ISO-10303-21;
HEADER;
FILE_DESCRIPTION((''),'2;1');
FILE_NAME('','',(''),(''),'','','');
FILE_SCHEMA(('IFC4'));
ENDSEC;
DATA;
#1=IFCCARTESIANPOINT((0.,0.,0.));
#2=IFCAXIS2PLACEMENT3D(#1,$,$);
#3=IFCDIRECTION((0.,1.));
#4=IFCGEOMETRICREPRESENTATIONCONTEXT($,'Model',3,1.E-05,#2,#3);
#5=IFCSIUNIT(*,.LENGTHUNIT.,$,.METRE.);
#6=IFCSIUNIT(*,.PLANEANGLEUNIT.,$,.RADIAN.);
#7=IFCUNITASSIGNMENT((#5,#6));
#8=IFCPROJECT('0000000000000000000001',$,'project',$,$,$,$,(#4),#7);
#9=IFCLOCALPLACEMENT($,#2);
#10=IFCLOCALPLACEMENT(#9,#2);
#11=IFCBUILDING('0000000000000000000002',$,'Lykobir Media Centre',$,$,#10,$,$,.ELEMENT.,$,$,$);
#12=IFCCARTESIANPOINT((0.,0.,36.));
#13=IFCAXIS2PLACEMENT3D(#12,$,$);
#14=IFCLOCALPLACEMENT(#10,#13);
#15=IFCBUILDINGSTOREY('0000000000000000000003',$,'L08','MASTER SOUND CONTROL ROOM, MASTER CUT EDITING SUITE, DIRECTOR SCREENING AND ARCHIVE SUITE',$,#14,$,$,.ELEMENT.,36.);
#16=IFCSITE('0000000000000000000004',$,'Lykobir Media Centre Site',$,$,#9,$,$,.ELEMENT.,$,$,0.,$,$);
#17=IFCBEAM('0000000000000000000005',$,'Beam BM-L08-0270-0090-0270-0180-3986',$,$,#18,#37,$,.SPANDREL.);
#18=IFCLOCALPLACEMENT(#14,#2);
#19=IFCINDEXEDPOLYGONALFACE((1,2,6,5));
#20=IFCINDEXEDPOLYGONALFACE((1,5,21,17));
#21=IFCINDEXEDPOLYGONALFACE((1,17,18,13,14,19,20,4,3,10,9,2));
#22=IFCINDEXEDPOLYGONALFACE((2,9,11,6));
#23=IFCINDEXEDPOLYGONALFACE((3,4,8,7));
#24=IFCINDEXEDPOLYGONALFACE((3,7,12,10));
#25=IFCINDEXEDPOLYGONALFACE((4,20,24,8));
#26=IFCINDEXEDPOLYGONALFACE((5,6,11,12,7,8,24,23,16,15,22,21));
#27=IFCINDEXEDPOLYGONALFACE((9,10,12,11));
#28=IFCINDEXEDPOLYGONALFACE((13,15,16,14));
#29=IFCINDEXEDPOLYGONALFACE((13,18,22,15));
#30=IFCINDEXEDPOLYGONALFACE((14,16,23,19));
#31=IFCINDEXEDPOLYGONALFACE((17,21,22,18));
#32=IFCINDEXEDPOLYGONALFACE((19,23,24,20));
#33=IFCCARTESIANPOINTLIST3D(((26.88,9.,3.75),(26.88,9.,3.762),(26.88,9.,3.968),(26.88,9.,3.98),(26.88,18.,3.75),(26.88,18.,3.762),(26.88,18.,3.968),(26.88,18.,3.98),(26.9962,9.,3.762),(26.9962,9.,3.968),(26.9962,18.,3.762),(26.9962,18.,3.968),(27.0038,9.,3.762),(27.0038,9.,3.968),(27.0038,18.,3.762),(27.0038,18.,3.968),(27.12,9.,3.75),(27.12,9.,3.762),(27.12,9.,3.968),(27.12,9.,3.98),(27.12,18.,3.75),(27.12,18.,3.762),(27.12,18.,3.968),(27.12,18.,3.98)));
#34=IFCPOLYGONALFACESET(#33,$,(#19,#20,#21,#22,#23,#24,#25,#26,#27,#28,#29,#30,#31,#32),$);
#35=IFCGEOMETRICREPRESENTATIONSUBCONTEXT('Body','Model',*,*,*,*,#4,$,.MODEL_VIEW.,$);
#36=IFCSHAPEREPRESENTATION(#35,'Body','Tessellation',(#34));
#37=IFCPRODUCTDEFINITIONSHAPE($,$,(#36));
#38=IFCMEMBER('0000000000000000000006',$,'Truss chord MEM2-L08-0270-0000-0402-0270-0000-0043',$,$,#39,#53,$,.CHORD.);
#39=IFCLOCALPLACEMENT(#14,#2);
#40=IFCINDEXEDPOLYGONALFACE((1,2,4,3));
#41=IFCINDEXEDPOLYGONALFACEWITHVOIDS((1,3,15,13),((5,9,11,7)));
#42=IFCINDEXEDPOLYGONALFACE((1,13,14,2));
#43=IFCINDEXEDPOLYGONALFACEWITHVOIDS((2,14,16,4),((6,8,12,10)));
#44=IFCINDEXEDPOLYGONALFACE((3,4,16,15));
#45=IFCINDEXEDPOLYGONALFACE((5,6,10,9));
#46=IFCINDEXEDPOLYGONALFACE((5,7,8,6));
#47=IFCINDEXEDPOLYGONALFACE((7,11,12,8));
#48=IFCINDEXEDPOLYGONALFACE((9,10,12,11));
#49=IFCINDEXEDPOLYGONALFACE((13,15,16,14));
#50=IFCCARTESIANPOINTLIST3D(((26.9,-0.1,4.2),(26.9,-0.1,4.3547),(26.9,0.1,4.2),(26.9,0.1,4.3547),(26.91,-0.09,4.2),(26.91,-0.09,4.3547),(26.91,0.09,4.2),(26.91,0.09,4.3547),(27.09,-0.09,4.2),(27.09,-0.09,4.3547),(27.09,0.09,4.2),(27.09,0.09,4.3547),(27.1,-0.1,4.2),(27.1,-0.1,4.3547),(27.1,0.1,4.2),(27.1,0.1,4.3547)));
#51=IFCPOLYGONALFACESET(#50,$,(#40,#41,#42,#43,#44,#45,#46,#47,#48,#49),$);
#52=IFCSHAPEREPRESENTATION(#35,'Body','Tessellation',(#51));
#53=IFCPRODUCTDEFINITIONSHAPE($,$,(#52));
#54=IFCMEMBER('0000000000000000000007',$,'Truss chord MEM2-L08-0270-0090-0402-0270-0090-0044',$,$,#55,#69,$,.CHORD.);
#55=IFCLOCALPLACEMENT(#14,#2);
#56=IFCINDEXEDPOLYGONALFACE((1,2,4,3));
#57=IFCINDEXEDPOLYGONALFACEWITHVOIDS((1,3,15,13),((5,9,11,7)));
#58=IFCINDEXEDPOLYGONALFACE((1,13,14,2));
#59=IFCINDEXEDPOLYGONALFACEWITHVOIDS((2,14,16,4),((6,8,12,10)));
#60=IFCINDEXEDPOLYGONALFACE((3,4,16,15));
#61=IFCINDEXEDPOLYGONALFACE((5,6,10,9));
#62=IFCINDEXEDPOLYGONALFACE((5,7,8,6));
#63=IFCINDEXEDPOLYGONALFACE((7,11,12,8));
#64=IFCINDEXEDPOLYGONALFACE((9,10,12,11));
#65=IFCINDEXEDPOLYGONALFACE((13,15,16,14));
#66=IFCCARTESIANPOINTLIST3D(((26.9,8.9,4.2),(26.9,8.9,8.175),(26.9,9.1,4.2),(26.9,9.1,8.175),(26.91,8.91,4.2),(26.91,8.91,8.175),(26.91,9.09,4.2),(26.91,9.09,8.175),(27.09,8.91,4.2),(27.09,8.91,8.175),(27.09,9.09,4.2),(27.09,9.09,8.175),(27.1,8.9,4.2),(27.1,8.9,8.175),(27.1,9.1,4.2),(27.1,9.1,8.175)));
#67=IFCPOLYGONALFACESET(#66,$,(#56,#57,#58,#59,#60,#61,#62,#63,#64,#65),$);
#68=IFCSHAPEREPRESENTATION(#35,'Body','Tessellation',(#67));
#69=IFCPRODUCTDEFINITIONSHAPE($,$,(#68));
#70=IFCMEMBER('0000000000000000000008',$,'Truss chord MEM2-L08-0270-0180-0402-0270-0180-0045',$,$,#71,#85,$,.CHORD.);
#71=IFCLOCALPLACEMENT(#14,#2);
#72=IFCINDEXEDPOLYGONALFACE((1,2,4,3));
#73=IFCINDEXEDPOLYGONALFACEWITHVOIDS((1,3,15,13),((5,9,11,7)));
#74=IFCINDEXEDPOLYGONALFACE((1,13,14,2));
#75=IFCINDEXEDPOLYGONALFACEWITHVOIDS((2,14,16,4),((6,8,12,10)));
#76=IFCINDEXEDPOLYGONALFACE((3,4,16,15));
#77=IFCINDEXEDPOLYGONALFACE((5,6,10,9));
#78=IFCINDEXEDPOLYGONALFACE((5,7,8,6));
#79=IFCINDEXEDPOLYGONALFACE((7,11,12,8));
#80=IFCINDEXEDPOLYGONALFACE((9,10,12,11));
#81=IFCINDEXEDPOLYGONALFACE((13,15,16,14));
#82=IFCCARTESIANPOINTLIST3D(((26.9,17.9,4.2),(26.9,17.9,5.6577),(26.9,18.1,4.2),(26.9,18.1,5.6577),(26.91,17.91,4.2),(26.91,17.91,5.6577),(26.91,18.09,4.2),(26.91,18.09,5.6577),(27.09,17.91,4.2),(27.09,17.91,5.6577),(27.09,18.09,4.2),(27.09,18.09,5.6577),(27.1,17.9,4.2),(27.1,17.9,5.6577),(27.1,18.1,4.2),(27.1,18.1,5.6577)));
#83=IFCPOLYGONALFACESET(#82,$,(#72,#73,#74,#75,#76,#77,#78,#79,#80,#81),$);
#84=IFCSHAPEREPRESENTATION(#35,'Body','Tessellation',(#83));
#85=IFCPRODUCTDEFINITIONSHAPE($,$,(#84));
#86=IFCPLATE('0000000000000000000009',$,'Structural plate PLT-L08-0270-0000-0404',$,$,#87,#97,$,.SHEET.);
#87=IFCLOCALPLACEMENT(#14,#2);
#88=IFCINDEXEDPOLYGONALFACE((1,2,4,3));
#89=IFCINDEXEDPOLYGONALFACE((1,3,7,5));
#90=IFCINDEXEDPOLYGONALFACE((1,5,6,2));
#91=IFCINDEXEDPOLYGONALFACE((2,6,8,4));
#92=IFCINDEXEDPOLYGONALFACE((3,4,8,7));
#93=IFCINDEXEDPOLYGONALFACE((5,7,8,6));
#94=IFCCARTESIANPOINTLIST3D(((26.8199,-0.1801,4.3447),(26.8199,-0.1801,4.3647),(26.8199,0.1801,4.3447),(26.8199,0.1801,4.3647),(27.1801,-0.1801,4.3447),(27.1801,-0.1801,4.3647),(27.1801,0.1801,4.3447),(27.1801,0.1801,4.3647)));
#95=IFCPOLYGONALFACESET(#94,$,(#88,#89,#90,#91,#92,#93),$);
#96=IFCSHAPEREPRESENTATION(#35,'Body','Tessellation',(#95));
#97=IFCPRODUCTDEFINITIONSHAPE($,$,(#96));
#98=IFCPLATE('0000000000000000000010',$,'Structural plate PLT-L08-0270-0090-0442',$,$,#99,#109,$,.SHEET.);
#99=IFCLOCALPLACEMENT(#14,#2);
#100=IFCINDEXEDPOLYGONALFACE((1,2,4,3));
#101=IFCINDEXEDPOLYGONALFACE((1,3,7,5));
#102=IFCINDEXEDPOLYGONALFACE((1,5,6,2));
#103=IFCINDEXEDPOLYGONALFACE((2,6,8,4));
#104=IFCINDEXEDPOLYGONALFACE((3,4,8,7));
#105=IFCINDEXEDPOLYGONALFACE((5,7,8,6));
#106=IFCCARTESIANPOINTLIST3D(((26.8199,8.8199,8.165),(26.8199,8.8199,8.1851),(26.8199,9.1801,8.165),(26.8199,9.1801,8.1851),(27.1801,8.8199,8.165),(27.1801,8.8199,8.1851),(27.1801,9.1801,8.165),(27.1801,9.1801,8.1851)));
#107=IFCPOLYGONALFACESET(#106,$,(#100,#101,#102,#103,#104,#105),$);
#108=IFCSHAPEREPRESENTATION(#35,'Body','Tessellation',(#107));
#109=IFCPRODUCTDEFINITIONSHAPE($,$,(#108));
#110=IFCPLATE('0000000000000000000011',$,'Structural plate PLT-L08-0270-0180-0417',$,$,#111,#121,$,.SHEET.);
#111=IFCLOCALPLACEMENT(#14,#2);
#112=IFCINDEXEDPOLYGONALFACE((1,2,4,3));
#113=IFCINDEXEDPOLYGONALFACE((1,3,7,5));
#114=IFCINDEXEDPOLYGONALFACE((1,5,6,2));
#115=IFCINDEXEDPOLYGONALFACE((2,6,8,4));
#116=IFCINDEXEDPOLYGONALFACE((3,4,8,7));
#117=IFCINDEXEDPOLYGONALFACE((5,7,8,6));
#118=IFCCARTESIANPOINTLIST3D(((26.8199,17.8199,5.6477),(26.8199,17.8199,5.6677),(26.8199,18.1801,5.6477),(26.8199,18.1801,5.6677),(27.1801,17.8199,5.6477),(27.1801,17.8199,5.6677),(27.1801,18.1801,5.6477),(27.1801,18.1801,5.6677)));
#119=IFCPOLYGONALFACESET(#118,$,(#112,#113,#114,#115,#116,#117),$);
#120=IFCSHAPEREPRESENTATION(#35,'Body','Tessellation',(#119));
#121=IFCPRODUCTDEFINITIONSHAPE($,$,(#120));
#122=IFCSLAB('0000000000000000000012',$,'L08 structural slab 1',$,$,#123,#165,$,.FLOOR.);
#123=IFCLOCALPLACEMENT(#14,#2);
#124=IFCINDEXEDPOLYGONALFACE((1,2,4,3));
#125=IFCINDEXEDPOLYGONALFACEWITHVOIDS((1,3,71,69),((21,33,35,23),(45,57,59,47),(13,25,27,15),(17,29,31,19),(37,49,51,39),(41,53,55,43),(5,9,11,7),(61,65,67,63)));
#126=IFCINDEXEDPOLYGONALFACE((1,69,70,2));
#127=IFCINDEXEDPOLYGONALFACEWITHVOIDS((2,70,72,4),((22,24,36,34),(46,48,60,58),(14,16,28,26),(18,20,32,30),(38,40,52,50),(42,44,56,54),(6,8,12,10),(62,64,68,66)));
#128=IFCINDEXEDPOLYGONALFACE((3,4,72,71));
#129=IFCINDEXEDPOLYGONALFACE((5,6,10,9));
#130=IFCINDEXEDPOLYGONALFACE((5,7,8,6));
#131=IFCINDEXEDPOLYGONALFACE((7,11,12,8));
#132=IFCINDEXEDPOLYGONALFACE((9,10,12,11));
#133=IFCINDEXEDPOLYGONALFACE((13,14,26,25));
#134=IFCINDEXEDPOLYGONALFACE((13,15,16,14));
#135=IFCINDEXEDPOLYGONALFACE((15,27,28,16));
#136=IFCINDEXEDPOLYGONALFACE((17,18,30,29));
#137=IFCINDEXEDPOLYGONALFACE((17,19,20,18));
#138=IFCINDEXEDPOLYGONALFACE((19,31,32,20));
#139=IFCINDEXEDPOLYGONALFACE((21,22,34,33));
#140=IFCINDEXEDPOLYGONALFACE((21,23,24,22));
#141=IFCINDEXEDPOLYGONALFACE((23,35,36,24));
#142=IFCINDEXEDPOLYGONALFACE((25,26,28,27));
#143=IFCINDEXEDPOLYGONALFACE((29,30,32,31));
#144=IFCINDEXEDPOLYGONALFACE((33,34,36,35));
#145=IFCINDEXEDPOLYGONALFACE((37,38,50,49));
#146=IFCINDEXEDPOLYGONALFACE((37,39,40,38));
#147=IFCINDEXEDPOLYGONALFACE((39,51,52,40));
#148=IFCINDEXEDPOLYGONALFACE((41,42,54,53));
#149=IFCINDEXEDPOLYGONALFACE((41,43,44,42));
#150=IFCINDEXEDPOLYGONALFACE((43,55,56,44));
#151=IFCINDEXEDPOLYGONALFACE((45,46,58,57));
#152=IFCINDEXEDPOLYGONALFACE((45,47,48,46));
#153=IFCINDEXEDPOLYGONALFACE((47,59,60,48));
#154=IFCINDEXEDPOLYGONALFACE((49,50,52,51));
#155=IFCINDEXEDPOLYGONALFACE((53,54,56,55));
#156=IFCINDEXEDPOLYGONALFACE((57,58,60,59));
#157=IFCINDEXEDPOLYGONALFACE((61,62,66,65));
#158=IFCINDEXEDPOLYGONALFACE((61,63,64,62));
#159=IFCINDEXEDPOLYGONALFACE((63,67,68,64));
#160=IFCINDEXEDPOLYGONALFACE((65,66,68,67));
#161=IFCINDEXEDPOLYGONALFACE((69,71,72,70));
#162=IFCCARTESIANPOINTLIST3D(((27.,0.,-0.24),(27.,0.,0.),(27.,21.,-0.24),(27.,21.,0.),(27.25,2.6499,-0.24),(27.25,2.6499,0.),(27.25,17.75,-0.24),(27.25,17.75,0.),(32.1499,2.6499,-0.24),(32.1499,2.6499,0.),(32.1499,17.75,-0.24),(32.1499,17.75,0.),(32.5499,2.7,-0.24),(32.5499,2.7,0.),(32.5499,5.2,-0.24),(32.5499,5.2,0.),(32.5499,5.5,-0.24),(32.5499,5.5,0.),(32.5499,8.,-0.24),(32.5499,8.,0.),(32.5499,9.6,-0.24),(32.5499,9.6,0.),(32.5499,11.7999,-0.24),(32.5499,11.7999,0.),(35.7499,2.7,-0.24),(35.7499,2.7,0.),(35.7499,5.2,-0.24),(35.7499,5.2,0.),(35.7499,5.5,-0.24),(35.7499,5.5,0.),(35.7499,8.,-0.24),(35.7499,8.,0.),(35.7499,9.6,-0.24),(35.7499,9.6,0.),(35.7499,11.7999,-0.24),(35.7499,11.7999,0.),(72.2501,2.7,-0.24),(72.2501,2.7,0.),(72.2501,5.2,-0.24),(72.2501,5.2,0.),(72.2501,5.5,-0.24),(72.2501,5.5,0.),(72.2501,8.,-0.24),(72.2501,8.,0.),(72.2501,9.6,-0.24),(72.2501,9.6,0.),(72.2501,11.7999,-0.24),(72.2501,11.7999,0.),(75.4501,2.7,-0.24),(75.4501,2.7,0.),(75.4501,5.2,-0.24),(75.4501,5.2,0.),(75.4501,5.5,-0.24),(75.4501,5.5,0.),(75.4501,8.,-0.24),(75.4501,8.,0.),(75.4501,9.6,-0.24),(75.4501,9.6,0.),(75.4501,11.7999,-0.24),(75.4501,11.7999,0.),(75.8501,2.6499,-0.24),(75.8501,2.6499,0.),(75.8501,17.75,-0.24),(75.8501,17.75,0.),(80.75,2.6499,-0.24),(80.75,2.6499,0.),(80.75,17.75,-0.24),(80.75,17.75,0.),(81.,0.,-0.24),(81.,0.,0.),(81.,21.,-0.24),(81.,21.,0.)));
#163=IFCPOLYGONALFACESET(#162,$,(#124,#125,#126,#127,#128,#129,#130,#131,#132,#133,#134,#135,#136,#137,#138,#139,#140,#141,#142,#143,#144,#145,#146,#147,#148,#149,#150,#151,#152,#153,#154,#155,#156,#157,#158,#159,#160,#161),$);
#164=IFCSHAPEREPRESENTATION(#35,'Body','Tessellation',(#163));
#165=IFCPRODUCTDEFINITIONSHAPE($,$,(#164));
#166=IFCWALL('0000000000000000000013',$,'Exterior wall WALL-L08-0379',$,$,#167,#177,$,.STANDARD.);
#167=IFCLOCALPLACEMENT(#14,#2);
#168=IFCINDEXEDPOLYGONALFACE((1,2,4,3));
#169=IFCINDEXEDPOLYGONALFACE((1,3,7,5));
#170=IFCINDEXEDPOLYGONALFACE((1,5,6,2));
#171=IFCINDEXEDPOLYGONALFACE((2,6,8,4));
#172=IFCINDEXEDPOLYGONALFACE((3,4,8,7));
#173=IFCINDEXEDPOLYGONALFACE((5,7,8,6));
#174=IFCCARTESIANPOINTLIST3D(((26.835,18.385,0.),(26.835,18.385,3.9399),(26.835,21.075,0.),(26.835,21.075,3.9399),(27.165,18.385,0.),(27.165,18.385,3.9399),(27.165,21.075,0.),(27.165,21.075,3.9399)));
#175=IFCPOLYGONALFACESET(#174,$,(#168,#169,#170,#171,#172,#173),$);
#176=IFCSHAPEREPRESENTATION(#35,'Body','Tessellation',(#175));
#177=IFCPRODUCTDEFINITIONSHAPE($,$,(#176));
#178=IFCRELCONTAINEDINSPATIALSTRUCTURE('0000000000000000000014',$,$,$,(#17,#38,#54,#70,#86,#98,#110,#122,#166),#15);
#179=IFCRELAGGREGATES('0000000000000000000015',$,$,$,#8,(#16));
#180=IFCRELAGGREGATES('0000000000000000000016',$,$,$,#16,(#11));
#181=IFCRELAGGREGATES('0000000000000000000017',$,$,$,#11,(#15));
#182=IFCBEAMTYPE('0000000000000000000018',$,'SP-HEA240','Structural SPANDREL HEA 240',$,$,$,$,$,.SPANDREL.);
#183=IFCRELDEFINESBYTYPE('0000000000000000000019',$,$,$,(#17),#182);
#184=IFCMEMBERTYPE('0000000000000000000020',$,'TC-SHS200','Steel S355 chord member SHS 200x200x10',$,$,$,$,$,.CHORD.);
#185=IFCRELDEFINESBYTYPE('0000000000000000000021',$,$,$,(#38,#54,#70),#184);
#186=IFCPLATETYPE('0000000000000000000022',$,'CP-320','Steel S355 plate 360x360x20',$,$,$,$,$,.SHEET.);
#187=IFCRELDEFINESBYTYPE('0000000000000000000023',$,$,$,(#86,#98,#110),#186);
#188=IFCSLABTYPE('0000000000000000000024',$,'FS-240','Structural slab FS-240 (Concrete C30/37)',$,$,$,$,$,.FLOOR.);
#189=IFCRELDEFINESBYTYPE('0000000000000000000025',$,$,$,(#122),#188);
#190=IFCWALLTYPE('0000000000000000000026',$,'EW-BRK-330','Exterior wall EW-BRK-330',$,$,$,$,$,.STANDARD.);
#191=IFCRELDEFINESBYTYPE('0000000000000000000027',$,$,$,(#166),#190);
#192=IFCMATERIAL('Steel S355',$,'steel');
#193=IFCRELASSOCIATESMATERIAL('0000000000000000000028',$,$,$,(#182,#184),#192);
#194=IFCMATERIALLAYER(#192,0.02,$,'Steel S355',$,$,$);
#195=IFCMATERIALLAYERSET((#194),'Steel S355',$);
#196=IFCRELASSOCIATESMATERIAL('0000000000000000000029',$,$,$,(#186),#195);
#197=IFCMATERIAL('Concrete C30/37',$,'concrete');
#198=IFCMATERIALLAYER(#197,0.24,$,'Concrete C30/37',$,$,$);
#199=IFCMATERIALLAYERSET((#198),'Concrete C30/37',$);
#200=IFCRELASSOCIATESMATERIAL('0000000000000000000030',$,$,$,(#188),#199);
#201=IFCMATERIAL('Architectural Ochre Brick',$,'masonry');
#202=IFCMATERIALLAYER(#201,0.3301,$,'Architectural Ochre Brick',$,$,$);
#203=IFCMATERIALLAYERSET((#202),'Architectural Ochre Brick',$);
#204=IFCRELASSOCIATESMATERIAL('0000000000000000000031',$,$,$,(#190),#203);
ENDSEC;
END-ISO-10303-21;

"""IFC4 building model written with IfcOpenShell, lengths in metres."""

from ifc_helpers import new_model, si_unit, direction, frame, frame_2d, origin, origin_2d, place, context, subcontext, project, spatial, polyline, rectangle, hollow_rectangle, i_section, outline, extrude, material, layer, layer_set, material_profile, profile_set, type_object, element, save


model = new_model("IFC4")

# Units and contexts
model_context = context("Model", 3, precision=1e-05, world=origin(), true_north=direction((0.0, 1.0)))
body_context = subcontext(model_context, "Body", "Model", "MODEL_VIEW")
ifc_project = project(units=[si_unit("LENGTHUNIT", "METRE"), si_unit("PLANEANGLEUNIT", "RADIAN")], contexts=[model_context])

# Site, building, storey
site_placement = place(None, origin())
site = spatial("IfcSite", under=ifc_project, at=site_placement, Name="Lykobir Media Centre Site", CompositionType="ELEMENT", RefElevation=0.0)
building_placement = place(site_placement, origin())
building = spatial("IfcBuilding", under=site, at=building_placement, Name="Lykobir Media Centre", CompositionType="ELEMENT")
storey_placement = place(building_placement, frame((0.0, 0.0, 36.0)))
storey = spatial("IfcBuildingStorey", under=building, at=storey_placement, Name="L08", Description="MASTER SOUND CONTROL ROOM, MASTER CUT EDITING SUITE, DIRECTOR SCREENING AND ARCHIVE SUITE", CompositionType="ELEMENT", Elevation=36.0)

# Beam
ifc_material_1 = material(Name="Steel S355", Category="steel")
ifc_material_profile_1 = material_profile(ifc_material_1, i_section(OverallWidth=0.24, OverallDepth=0.23, WebThickness=0.0076, FlangeThickness=0.012, at=origin_2d()), Name="HEA 240")
ifc_profile_set_1 = profile_set([ifc_material_profile_1], Name="Steel S355")
beam_type_1 = type_object("IfcBeamType", Name="SP-HEA240", Description="Structural SPANDREL HEA 240", PredefinedType="SPANDREL", material=ifc_profile_set_1)
for number, where, z_axis, x_axis, name in (
    (1, (27.0, 9.0, 3.865), (0.0, 1.0, 0.0), (-1.0, 0.0, 0.0), "Beam BM-L08-0270-0090-0270-0180-3986"),
):
    element("IfcBeam", number, at=place(storey_placement, frame(where, z_axis=z_axis, x_axis=x_axis)), inside=storey, type_object=beam_type_1, Name=name, PredefinedType="SPANDREL", context=body_context, shape_type="SweptSolid", body=[
        extrude(i_section(OverallWidth=0.24, OverallDepth=0.23, WebThickness=0.0076, FlangeThickness=0.012, at=origin_2d()), origin(), (0.0, 0.0, 1.0), 9.0),
    ])

# Members
ifc_material_profile_2 = material_profile(ifc_material_1, hollow_rectangle(XDim=0.2, YDim=0.2, WallThickness=0.01, at=origin_2d()), Name="SHS 200x200x10")
ifc_profile_set_2 = profile_set([ifc_material_profile_2], Name="Steel S355")
member_type = type_object("IfcMemberType", Name="TC-SHS200", Description="Steel S355 chord member SHS 200x200x10", PredefinedType="CHORD", material=ifc_profile_set_2)
member_1_placement = place(storey_placement, frame((27.0, 0.0, 4.2), z_axis=(0.0, 0.0, 1.0), x_axis=(1.0, 0.0, 0.0)))
element("IfcMember", 2, at=member_1_placement, inside=storey, type_object=member_type, Name="Truss chord MEM2-L08-0270-0000-0402-0270-0000-0043", PredefinedType="CHORD", context=body_context, shape_type="SweptSolid", body=[
    extrude(hollow_rectangle(XDim=0.2, YDim=0.2, WallThickness=0.01, at=origin_2d()), origin(), (0.0, 0.0, 1.0), 0.1548),
])
member_2_placement = place(storey_placement, frame((27.0, 9.0, 4.2), z_axis=(0.0, 0.0, 1.0), x_axis=(1.0, 0.0, 0.0)))
element("IfcMember", 3, at=member_2_placement, inside=storey, type_object=member_type, Name="Truss chord MEM2-L08-0270-0090-0402-0270-0090-0044", PredefinedType="CHORD", context=body_context, shape_type="SweptSolid", body=[
    extrude(hollow_rectangle(XDim=0.2, YDim=0.2, WallThickness=0.01, at=origin_2d()), origin(), (0.0, 0.0, 1.0), 3.9751),
])
member_3_placement = place(storey_placement, frame((27.0, 18.0, 4.2), z_axis=(0.0, 0.0, 1.0), x_axis=(1.0, 0.0, 0.0)))
element("IfcMember", 4, at=member_3_placement, inside=storey, type_object=member_type, Name="Truss chord MEM2-L08-0270-0180-0402-0270-0180-0045", PredefinedType="CHORD", context=body_context, shape_type="SweptSolid", body=[
    extrude(hollow_rectangle(XDim=0.2, YDim=0.2, WallThickness=0.01, at=origin_2d()), origin(), (0.0, 0.0, 1.0), 1.4578),
])

# Plates
ifc_layer_1 = layer(ifc_material_1, 0.02, Name="Steel S355")
ifc_layer_set_1 = layer_set([ifc_layer_1], Name="Steel S355")
plate_type = type_object("IfcPlateType", Name="CP-320", Description="Steel S355 plate 360x360x20", PredefinedType="SHEET", material=ifc_layer_set_1)
for number, where, z_axis, x_axis, name in (
    (5, (27.0, 0.0, 4.3447), (0.0, 0.0, 1.0), (1.0, 0.0, 0.0), "Structural plate PLT-L08-0270-0000-0404"),
    (6, (27.0, 9.0, 8.165), (0.0, 0.0, 1.0), (1.0, 0.0, 0.0), "Structural plate PLT-L08-0270-0090-0442"),
    (7, (27.0, 18.0, 5.6477), (0.0, 0.0, 1.0), (1.0, 0.0, 0.0), "Structural plate PLT-L08-0270-0180-0417"),
):
    element("IfcPlate", number, at=place(storey_placement, frame(where, z_axis=z_axis, x_axis=x_axis)), inside=storey, type_object=plate_type, Name=name, PredefinedType="SHEET", context=body_context, shape_type="SweptSolid", body=[
        extrude(rectangle(XDim=0.3601, YDim=0.3601, at=origin_2d()), origin(), (0.0, 0.0, 1.0), 0.02),
    ])

# Slab, openings
ifc_material_2 = material(Name="Concrete C30/37", Category="concrete")
ifc_layer_2 = layer(ifc_material_2, 0.24, Name="Concrete C30/37")
ifc_layer_set_2 = layer_set([ifc_layer_2], Name="Concrete C30/37")
slab_type = type_object("IfcSlabType", Name="FS-240", Description="Structural slab FS-240 (Concrete C30/37)", PredefinedType="FLOOR", material=ifc_layer_set_2)
slab_placement = place(storey_placement, frame((0.0, 0.0, -0.24)))
slab = element("IfcSlab", 8, at=slab_placement, inside=storey, type_object=slab_type, Name="L08 structural slab 1", PredefinedType="FLOOR", context=body_context, shape_type="SweptSolid", body=[
    extrude(outline(polyline([(81.0, 0.0), (81.0, 21.0), (27.0, 21.0), (27.0, 0.0), (81.0, 0.0)]), holes=[polyline([(27.25, 2.6499), (27.25, 17.75), (32.1499, 17.75), (32.1499, 2.6499), (27.25, 2.6499)]), polyline([(75.8501, 2.6499), (75.8501, 17.75), (80.75, 17.75), (80.75, 2.6499), (75.8501, 2.6499)])]), origin(), (0.0, 0.0, 1.0), 0.24),
])
opening_1_placement = place(slab_placement, frame((34.1499, 3.95, 0.0)))
element("IfcOpeningElement", 9, at=opening_1_placement, cuts=slab, PredefinedType="OPENING", context=body_context, shape_type="SweptSolid", body=[
    extrude(rectangle(XDim=3.2, YDim=2.5, at=origin_2d()), origin(), (0.0, 0.0, 1.0), 0.24),
])
opening_2_placement = place(slab_placement, frame((34.1499, 6.75, 0.0)))
element("IfcOpeningElement", 10, at=opening_2_placement, cuts=slab, PredefinedType="OPENING", context=body_context, shape_type="SweptSolid", body=[
    extrude(rectangle(XDim=3.2, YDim=2.5, at=origin_2d()), origin(), (0.0, 0.0, 1.0), 0.24),
])
opening_3_placement = place(slab_placement, frame((34.1499, 10.7, 0.0)))
element("IfcOpeningElement", 11, at=opening_3_placement, cuts=slab, PredefinedType="OPENING", context=body_context, shape_type="SweptSolid", body=[
    extrude(rectangle(XDim=3.2, YDim=2.2, at=origin_2d()), origin(), (0.0, 0.0, 1.0), 0.24),
])
opening_4_placement = place(slab_placement, frame((73.8501, 3.95, 0.0)))
element("IfcOpeningElement", 12, at=opening_4_placement, cuts=slab, PredefinedType="OPENING", context=body_context, shape_type="SweptSolid", body=[
    extrude(rectangle(XDim=3.2, YDim=2.5, at=origin_2d()), origin(), (0.0, 0.0, 1.0), 0.24),
])
opening_5_placement = place(slab_placement, frame((73.8501, 6.75, 0.0)))
element("IfcOpeningElement", 13, at=opening_5_placement, cuts=slab, PredefinedType="OPENING", context=body_context, shape_type="SweptSolid", body=[
    extrude(rectangle(XDim=3.2, YDim=2.5, at=origin_2d()), origin(), (0.0, 0.0, 1.0), 0.24),
])
opening_6_placement = place(slab_placement, frame((73.8501, 10.7, 0.0)))
element("IfcOpeningElement", 14, at=opening_6_placement, cuts=slab, PredefinedType="OPENING", context=body_context, shape_type="SweptSolid", body=[
    extrude(rectangle(XDim=3.2, YDim=2.2, at=origin_2d()), origin(), (0.0, 0.0, 1.0), 0.24),
])

# Wall
ifc_material_3 = material(Name="Architectural Ochre Brick", Category="masonry")
ifc_layer_3 = layer(ifc_material_3, 0.3301, Name="Architectural Ochre Brick")
ifc_layer_set_3 = layer_set([ifc_layer_3], Name="Architectural Ochre Brick")
wall_type_1 = type_object("IfcWallType", Name="EW-BRK-330", Description="Exterior wall EW-BRK-330", PredefinedType="STANDARD", material=ifc_layer_set_3)
wall_1_placement = place(storey_placement, frame((27.0, 21.075, 0.0), z_axis=(0.0, 0.0, 1.0), x_axis=(0.0, -1.0, 0.0)))
element("IfcWall", 15, at=wall_1_placement, inside=storey, type_object=wall_type_1, Name="Exterior wall WALL-L08-0379", PredefinedType="STANDARD", context=body_context, shape_type="SweptSolid", body=[
    extrude(rectangle(XDim=2.6899, YDim=0.3301, at=frame_2d((1.345, 0.0))), origin(), (0.0, 0.0, 1.0), 3.9399),
])

save(model, "model.ifc")
